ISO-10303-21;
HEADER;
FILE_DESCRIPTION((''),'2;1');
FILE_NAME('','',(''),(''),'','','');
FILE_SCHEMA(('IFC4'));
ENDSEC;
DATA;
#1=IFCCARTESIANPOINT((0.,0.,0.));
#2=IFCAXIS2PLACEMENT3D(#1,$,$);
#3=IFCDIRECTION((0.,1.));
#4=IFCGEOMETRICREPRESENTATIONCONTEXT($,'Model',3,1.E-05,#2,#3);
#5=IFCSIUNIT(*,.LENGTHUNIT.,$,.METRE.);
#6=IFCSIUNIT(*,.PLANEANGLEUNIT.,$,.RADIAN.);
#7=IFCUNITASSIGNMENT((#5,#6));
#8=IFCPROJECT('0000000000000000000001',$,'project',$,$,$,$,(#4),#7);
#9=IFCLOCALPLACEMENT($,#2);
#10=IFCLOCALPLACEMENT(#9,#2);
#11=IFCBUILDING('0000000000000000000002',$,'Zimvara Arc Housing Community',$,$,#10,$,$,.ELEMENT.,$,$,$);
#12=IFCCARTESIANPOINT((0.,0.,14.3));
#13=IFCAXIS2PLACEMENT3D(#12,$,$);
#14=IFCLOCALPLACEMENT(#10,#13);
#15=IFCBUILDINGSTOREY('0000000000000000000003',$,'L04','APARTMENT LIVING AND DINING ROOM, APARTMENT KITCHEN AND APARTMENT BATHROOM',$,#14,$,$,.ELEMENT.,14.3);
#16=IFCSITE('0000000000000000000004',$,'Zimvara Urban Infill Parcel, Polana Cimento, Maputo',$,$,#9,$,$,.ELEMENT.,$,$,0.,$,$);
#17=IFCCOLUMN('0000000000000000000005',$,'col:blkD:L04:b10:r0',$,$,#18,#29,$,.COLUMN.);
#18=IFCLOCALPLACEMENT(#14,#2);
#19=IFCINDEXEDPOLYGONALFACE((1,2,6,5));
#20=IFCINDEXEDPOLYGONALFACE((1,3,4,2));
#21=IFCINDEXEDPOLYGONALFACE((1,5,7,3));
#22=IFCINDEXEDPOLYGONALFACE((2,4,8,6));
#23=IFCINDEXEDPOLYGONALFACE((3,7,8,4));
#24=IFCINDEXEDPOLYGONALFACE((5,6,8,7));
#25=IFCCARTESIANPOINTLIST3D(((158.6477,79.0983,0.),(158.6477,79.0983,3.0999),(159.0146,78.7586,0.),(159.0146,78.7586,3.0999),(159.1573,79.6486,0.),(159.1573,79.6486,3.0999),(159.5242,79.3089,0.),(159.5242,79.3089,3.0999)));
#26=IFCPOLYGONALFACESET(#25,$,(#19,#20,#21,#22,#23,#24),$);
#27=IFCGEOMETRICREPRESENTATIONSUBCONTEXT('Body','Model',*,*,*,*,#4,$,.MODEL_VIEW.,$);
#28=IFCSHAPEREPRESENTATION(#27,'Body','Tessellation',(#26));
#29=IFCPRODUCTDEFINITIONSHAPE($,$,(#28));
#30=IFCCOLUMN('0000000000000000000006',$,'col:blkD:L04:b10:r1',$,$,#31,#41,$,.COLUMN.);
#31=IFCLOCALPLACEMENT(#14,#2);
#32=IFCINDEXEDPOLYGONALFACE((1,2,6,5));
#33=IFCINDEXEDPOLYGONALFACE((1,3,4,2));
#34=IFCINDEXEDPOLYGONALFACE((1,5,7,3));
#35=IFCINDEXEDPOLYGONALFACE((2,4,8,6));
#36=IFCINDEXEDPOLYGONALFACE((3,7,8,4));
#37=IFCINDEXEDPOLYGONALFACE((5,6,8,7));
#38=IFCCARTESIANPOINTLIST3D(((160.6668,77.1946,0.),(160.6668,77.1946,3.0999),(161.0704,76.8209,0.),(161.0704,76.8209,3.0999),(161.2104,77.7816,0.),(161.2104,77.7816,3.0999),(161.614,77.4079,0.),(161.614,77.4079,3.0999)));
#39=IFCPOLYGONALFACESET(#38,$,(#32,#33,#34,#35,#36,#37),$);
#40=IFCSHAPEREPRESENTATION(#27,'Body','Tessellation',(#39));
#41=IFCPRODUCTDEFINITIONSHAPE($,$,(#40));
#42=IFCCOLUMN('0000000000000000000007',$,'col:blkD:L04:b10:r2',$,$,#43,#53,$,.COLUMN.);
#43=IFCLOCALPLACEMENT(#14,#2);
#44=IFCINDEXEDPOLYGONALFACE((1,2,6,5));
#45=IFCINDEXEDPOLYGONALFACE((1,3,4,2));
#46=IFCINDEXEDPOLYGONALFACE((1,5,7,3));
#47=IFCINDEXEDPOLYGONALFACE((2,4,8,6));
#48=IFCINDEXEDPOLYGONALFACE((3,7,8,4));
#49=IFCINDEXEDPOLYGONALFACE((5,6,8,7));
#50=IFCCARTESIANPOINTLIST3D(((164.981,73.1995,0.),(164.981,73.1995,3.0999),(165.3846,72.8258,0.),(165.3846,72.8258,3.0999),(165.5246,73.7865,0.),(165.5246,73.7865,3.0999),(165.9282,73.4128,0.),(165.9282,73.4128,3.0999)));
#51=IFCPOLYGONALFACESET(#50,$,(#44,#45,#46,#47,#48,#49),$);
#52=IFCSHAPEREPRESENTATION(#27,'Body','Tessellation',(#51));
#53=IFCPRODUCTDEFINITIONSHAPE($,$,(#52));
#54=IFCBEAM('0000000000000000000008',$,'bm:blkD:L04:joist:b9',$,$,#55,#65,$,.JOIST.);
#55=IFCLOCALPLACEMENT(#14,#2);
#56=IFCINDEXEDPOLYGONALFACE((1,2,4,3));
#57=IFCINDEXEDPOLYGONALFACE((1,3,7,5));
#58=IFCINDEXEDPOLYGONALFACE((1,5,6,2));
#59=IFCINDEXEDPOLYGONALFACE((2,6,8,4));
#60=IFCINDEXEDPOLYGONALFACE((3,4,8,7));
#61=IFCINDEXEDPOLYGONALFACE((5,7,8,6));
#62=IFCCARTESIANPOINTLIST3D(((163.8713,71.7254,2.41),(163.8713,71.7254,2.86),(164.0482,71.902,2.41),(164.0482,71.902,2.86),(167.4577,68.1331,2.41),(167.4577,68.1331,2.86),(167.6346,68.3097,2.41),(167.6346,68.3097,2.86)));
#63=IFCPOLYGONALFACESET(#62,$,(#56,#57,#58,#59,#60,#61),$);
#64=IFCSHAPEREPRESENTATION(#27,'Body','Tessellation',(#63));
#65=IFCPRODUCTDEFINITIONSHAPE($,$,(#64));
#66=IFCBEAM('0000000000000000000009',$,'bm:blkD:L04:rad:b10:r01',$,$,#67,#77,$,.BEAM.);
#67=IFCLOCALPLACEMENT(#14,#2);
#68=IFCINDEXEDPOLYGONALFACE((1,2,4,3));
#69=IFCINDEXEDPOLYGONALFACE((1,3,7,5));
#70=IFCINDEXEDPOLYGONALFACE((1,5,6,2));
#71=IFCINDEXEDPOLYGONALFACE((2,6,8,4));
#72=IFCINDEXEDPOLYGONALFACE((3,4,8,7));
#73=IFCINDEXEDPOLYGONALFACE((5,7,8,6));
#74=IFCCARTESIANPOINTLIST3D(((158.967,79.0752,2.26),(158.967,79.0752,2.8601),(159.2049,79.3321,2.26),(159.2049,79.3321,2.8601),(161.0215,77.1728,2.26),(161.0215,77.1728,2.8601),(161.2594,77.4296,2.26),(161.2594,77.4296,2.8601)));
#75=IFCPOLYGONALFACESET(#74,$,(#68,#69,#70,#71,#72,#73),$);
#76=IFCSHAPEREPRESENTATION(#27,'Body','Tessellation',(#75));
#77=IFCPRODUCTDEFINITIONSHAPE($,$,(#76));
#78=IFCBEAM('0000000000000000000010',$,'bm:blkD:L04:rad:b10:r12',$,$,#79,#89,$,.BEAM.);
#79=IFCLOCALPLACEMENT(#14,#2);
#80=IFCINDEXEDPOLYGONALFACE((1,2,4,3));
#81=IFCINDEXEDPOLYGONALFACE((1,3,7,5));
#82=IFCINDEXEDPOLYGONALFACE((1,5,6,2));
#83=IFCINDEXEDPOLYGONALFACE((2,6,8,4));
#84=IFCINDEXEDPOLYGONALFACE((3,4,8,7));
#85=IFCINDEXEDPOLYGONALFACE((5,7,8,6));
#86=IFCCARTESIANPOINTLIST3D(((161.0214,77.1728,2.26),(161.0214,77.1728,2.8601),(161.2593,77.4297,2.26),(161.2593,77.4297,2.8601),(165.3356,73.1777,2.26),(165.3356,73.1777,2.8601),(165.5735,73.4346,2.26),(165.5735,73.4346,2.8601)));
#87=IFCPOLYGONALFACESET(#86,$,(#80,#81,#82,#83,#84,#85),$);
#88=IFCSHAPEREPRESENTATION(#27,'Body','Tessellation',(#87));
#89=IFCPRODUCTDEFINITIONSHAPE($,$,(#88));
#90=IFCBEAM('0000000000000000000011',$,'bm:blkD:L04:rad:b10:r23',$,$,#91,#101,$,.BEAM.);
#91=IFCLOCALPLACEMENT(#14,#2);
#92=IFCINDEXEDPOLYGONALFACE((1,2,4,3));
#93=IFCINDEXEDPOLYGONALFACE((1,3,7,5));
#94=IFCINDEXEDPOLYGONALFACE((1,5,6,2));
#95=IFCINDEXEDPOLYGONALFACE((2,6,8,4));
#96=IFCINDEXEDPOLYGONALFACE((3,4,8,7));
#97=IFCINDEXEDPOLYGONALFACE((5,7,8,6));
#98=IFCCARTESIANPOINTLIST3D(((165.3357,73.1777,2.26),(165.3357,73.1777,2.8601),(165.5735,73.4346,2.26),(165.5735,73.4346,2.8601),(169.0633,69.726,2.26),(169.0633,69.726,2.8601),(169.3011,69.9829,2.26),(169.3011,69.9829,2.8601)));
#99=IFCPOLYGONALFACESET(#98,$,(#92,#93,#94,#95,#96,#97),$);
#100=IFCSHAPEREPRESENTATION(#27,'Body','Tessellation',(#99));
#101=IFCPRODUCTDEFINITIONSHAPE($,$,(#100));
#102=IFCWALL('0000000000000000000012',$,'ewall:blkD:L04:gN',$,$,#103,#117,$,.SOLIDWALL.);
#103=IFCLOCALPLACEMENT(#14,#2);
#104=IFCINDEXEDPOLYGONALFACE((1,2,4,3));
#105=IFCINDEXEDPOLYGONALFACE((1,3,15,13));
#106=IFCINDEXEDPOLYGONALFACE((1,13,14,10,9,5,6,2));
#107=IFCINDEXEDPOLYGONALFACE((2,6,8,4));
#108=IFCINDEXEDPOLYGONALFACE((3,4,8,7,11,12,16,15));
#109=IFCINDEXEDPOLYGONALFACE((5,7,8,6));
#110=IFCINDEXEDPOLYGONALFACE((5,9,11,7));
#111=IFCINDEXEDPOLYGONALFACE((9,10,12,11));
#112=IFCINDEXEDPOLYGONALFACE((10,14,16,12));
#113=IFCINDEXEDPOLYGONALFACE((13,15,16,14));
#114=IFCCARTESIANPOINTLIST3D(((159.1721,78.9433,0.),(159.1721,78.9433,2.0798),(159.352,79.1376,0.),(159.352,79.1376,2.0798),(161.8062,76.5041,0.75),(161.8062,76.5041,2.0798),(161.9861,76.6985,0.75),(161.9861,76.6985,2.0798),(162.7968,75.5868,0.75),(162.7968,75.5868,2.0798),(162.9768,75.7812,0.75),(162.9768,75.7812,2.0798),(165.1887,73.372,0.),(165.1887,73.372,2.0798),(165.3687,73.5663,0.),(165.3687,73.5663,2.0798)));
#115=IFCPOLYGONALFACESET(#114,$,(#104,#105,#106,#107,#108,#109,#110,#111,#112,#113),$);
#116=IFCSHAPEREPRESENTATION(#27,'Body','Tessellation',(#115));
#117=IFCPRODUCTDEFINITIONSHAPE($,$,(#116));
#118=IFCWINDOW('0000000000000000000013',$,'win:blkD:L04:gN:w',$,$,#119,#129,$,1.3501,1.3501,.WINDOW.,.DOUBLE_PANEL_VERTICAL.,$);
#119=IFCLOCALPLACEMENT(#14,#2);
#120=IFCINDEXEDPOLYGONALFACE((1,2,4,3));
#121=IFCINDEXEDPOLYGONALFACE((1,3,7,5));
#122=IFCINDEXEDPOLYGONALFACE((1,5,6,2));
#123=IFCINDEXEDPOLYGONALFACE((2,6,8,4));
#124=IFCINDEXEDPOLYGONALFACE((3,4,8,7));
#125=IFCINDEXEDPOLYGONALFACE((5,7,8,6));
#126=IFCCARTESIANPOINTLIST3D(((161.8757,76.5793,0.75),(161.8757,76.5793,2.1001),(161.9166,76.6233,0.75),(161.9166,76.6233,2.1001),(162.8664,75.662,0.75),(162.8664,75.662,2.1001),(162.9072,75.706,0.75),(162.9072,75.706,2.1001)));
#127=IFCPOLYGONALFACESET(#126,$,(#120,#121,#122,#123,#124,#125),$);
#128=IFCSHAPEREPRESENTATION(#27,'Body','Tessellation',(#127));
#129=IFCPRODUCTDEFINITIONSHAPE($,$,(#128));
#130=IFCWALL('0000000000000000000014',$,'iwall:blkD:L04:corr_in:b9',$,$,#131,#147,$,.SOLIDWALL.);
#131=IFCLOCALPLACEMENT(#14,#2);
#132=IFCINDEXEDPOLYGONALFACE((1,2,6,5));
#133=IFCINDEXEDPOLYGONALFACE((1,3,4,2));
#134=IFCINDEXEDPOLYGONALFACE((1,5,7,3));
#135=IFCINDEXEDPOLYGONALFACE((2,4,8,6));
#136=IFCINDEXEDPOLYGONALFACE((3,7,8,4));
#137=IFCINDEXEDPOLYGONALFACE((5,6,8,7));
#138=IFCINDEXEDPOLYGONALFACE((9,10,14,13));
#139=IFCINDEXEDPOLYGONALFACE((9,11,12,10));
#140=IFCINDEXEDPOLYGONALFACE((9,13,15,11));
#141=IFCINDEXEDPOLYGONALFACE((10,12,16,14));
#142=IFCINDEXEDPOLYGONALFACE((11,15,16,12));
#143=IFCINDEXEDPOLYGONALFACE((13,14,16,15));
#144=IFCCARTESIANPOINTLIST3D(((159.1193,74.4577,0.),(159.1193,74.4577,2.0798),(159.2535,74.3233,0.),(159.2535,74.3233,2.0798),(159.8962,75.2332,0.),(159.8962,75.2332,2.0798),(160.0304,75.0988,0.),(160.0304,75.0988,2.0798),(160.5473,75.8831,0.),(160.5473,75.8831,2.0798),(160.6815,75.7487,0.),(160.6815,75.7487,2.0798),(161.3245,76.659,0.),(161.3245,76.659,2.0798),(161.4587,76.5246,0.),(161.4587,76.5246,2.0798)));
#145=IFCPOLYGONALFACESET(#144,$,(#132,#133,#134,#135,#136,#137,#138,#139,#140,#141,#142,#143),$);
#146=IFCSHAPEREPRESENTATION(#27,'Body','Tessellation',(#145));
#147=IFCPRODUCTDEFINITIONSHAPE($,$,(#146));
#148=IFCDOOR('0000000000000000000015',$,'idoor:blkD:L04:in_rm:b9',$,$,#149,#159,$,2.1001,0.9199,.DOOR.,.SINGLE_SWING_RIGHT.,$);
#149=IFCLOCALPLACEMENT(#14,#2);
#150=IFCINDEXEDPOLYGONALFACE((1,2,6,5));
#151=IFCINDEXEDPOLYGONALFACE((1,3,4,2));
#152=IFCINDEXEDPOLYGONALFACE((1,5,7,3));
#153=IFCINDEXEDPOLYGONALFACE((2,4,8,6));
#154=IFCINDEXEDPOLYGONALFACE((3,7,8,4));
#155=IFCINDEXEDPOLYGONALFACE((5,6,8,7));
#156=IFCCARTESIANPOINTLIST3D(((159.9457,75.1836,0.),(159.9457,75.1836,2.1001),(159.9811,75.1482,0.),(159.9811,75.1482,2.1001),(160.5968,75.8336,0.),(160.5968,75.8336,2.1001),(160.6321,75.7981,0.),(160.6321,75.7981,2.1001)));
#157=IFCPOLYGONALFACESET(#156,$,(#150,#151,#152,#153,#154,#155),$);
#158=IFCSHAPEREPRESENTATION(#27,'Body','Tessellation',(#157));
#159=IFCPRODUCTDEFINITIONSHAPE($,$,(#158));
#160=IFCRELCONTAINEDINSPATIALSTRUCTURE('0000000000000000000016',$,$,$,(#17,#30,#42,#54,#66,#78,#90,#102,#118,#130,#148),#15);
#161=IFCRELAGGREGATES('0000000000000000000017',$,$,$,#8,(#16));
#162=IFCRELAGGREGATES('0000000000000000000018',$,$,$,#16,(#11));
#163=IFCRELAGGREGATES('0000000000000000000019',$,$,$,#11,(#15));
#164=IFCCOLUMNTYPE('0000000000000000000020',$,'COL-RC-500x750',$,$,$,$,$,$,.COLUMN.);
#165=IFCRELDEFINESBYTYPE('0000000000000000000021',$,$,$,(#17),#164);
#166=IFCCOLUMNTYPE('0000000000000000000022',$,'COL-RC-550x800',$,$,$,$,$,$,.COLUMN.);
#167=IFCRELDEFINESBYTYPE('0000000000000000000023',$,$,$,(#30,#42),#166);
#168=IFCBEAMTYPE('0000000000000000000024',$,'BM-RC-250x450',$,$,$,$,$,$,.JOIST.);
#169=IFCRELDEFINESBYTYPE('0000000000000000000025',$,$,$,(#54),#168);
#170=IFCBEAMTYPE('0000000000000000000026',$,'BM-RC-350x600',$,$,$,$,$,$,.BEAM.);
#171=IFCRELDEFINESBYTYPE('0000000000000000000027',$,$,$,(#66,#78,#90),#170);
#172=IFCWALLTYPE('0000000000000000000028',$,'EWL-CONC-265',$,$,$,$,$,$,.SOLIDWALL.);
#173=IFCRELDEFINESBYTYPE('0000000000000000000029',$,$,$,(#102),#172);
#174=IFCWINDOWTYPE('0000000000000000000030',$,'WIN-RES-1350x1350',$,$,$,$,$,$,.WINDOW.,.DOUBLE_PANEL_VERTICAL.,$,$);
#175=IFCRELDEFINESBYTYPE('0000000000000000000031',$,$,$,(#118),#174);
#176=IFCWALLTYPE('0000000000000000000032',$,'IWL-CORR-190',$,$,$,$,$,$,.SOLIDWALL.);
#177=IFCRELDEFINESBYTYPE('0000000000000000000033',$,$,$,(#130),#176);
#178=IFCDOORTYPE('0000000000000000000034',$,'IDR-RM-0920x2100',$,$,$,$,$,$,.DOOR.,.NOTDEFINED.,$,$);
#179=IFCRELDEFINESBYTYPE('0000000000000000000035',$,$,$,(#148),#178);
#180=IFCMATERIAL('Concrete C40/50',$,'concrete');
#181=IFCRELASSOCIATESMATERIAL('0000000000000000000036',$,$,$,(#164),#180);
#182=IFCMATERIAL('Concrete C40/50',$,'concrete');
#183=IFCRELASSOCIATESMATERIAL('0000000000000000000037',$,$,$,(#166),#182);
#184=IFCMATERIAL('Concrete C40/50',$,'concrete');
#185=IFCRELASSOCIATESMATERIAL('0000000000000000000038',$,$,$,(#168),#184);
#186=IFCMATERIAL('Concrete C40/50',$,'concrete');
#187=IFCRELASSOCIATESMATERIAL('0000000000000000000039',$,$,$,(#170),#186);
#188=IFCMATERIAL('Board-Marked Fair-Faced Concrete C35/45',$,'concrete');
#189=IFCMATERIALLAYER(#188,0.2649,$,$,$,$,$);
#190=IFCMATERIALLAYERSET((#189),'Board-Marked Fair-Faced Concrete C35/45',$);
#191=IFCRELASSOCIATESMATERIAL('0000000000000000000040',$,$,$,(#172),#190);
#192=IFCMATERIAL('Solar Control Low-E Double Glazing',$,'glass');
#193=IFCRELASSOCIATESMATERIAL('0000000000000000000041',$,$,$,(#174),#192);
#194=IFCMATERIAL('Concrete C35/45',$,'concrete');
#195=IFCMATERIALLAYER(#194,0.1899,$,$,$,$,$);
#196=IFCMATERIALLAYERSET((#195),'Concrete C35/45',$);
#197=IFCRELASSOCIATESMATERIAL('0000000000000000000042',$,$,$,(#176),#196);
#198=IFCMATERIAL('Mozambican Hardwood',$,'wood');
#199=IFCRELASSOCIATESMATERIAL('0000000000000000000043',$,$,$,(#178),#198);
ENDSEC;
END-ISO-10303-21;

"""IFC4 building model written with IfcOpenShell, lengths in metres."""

from ifc_helpers import new_model, si_unit, direction, frame, frame_2d, origin, origin_2d, place, context, subcontext, project, spatial, rectangle, extrude, material, layer, layer_set, material_profile, profile_set, type_object, element, fill, save


model = new_model("IFC4")

# Units and contexts
model_context = context("Model", 3, precision=1e-05, world=origin(), true_north=direction((0.0, 1.0)))
body_context = subcontext(model_context, "Body", "Model", "MODEL_VIEW")
ifc_project = project(units=[si_unit("LENGTHUNIT", "METRE"), si_unit("PLANEANGLEUNIT", "RADIAN")], contexts=[model_context])

# Site, building, storey
site_placement = place(None, origin())
site = spatial("IfcSite", under=ifc_project, at=site_placement, Name="Zimvara Urban Infill Parcel, Polana Cimento, Maputo", CompositionType="ELEMENT", RefElevation=0.0)
building_placement = place(site_placement, origin())
building = spatial("IfcBuilding", under=site, at=building_placement, Name="Zimvara Arc Housing Community", CompositionType="ELEMENT")
storey_placement = place(building_placement, frame((0.0, 0.0, 14.3)))
storey = spatial("IfcBuildingStorey", under=building, at=storey_placement, Name="L04", Description="APARTMENT LIVING AND DINING ROOM, APARTMENT KITCHEN AND APARTMENT BATHROOM", CompositionType="ELEMENT", Elevation=14.3)

# Columns
ifc_material_1 = material(Name="Concrete C40/50", Category="concrete")
ifc_material_profile_1 = material_profile(ifc_material_1, rectangle(XDim=0.5, YDim=0.75, at=origin_2d()), Name="RC 500x750")
ifc_profile_set_1 = profile_set([ifc_material_profile_1], Name="Concrete C40/50")
column_type_1 = type_object("IfcColumnType", Name="COL-RC-500x750", PredefinedType="COLUMN", material=ifc_profile_set_1)
column_placement = place(storey_placement, frame((159.0859, 79.2036, 0.0), z_axis=(0.0, 0.0, 1.0), x_axis=(0.73373, -0.679441, 0.0)))
element("IfcColumn", 1, at=column_placement, inside=storey, type_object=column_type_1, Name="col:blkD:L04:b10:r0", PredefinedType="COLUMN", context=body_context, shape_type="SweptSolid", body=[
    extrude(rectangle(XDim=0.5, YDim=0.75, at=origin_2d()), origin(), (0.0, 0.0, 1.0), 3.0999),
])
ifc_material_2 = material(Name="Concrete C40/50", Category="concrete")
ifc_material_profile_2 = material_profile(ifc_material_2, rectangle(XDim=0.55, YDim=0.8, at=origin_2d()), Name="RC 550x800")
ifc_profile_set_2 = profile_set([ifc_material_profile_2], Name="Concrete C40/50")
column_type_2 = type_object("IfcColumnType", Name="COL-RC-550x800", PredefinedType="COLUMN", material=ifc_profile_set_2)
for number, where, z_axis, x_axis, name in (
    (2, (161.1404, 77.3013, 0.0), (0.0, 0.0, 1.0), (0.73373, -0.679441, 0.0), "col:blkD:L04:b10:r1"),
    (3, (165.4546, 73.3062, 0.0), (0.0, 0.0, 1.0), (0.73373, -0.679441, 0.0), "col:blkD:L04:b10:r2"),
):
    element("IfcColumn", number, at=place(storey_placement, frame(where, z_axis=z_axis, x_axis=x_axis)), inside=storey, type_object=column_type_2, Name=name, PredefinedType="COLUMN", context=body_context, shape_type="SweptSolid", body=[
        extrude(rectangle(XDim=0.55, YDim=0.8, at=origin_2d()), origin(), (0.0, 0.0, 1.0), 3.0999),
    ])

# Beams
ifc_material_3 = material(Name="Concrete C40/50", Category="concrete")
ifc_material_profile_3 = material_profile(ifc_material_3, rectangle(XDim=0.25, YDim=0.45, at=origin_2d()), Name="RC 250x450")
ifc_profile_set_3 = profile_set([ifc_material_profile_3], Name="Concrete C40/50")
beam_type_1 = type_object("IfcBeamType", Name="BM-RC-250x450", PredefinedType="JOIST", material=ifc_profile_set_3)
beam_1_placement = place(storey_placement, frame((163.9597, 71.8137, 2.635), z_axis=(0.706529, -0.707684, 0.0), x_axis=(0.707684, 0.706529, 0.0)))
element("IfcBeam", 4, at=beam_1_placement, inside=storey, type_object=beam_type_1, Name="bm:blkD:L04:joist:b9", PredefinedType="JOIST", context=body_context, shape_type="SweptSolid", body=[
    extrude(rectangle(XDim=0.25, YDim=0.45, at=origin_2d()), origin(), (0.0, 0.0, 1.0), 5.0762),
])
ifc_material_4 = material(Name="Concrete C40/50", Category="concrete")
ifc_material_profile_4 = material_profile(ifc_material_4, rectangle(XDim=0.3501, YDim=0.6001, at=origin_2d()), Name="RC 350x600")
ifc_profile_set_4 = profile_set([ifc_material_profile_4], Name="Concrete C40/50")
beam_type_2 = type_object("IfcBeamType", Name="BM-RC-350x600", PredefinedType="BEAM", material=ifc_profile_set_4)
beam_2_placement = place(storey_placement, frame((159.0859, 79.2036, 2.5601), z_axis=(0.733746, -0.679424, 0.0), x_axis=(0.679424, 0.733746, 0.0)))
element("IfcBeam", 5, at=beam_2_placement, inside=storey, type_object=beam_type_2, Name="bm:blkD:L04:rad:b10:r01", PredefinedType="BEAM", context=body_context, shape_type="SweptSolid", body=[
    extrude(rectangle(XDim=0.3501, YDim=0.6001, at=origin_2d()), origin(), (0.0, 0.0, 1.0), 2.8),
])
beam_3_placement = place(storey_placement, frame((161.1404, 77.3013, 2.5601), z_axis=(0.73372, -0.679452, 0.0), x_axis=(0.679452, 0.73372, 0.0)))
element("IfcBeam", 6, at=beam_3_placement, inside=storey, type_object=beam_type_2, Name="bm:blkD:L04:rad:b10:r12", PredefinedType="BEAM", context=body_context, shape_type="SweptSolid", body=[
    extrude(rectangle(XDim=0.3501, YDim=0.6001, at=origin_2d()), origin(), (0.0, 0.0, 1.0), 5.8799),
])
beam_4_placement = place(storey_placement, frame((165.4546, 73.3062, 2.5601), z_axis=(0.733738, -0.679433, 0.0), x_axis=(0.679433, 0.733738, 0.0)))
element("IfcBeam", 7, at=beam_4_placement, inside=storey, type_object=beam_type_2, Name="bm:blkD:L04:rad:b10:r23", PredefinedType="BEAM", context=body_context, shape_type="SweptSolid", body=[
    extrude(rectangle(XDim=0.3501, YDim=0.6001, at=origin_2d()), origin(), (0.0, 0.0, 1.0), 5.0803),
])

# Wall, opening, window
ifc_material_5 = material(Name="Board-Marked Fair-Faced Concrete C35/45", Category="concrete")
ifc_layer_1 = layer(ifc_material_5, 0.2649)
ifc_layer_set_1 = layer_set([ifc_layer_1], Name="Board-Marked Fair-Faced Concrete C35/45")
wall_type_1 = type_object("IfcWallType", Name="EWL-CONC-265", PredefinedType="SOLIDWALL", material=ifc_layer_set_1)
wall_1_placement = place(storey_placement, frame((159.262, 79.0405, 0.0), z_axis=(0.0, 0.0, 1.0), x_axis=(0.733739, -0.679432, 0.0)))
wall_1 = element("IfcWall", 8, at=wall_1_placement, inside=storey, type_object=wall_type_1, Name="ewall:blkD:L04:gN", PredefinedType="SOLIDWALL", context=body_context, shape_type="SweptSolid", body=[
    extrude(rectangle(XDim=8.2, YDim=0.2649, at=frame_2d((4.1001, 0.0))), origin(), (0.0, 0.0, 1.0), 2.0798),
])
opening_1_placement = place(wall_1_placement, frame((3.5901, 0.0, 0.75)))
opening_1 = element("IfcOpeningElement", 9, at=opening_1_placement, cuts=wall_1, PredefinedType="OPENING", context=body_context, shape_type="SweptSolid", body=[
    extrude(rectangle(XDim=1.3501, YDim=1.3501, at=frame_2d((0.675, 0.675))), frame((0.0, 0.1423, 0.0), z_axis=(0.0, -1.0, 0.0), x_axis=(1.0, 0.0, 0.0)), (0.0, 0.0, 1.0), 0.2849),
])
ifc_material_6 = material(Name="Solar Control Low-E Double Glazing", Category="glass")
window_type = type_object("IfcWindowType", Name="WIN-RES-1350x1350", PartitioningType="DOUBLE_PANEL_VERTICAL", PredefinedType="WINDOW", material=ifc_material_6)
window_placement = place(opening_1_placement, origin())
window = element("IfcWindow", 10, at=window_placement, inside=storey, type_object=window_type, Name="win:blkD:L04:gN:w", OverallHeight=1.3501, OverallWidth=1.3501, PartitioningType="DOUBLE_PANEL_VERTICAL", PredefinedType="WINDOW", context=body_context, shape_type="SweptSolid", body=[
    extrude(rectangle(XDim=1.3501, YDim=1.3501, at=frame_2d((0.675, 0.675))), frame((0.0, 0.03, 0.0), z_axis=(0.0, -1.0, 0.0), x_axis=(1.0, 0.0, 0.0)), (0.0, 0.0, 1.0), 0.0601),
])
fill(opening_1, window)

# Wall, opening, door
ifc_material_7 = material(Name="Concrete C35/45", Category="concrete")
ifc_layer_2 = layer(ifc_material_7, 0.1899)
ifc_layer_set_2 = layer_set([ifc_layer_2], Name="Concrete C35/45")
wall_type_2 = type_object("IfcWallType", Name="IWL-CORR-190", PredefinedType="SOLIDWALL", material=ifc_layer_set_2)
wall_2_placement = place(storey_placement, frame((159.1863, 74.3904, 0.0), z_axis=(0.0, 0.0, 1.0), x_axis=(0.707733, 0.70648, 0.0)))
wall_2 = element("IfcWall", 11, at=wall_2_placement, inside=storey, type_object=wall_type_2, Name="iwall:blkD:L04:corr_in:b9", PredefinedType="SOLIDWALL", context=body_context, shape_type="SweptSolid", body=[
    extrude(rectangle(XDim=3.116, YDim=0.1899, at=frame_2d((1.5581, 0.0))), origin(), (0.0, 0.0, 1.0), 2.0798),
])
opening_2_placement = place(wall_2_placement, frame((1.0979, 0.0, 0.0)))
opening_2 = element("IfcOpeningElement", 12, at=opening_2_placement, cuts=wall_2, PredefinedType="OPENING", context=body_context, shape_type="SweptSolid", body=[
    extrude(rectangle(XDim=0.9199, YDim=2.1001, at=frame_2d((0.46, 1.05))), frame((0.0, 0.105, 0.0), z_axis=(0.0, -1.0, 0.0), x_axis=(1.0, 0.0, 0.0)), (0.0, 0.0, 1.0), 0.21),
])
ifc_material_8 = material(Name="Mozambican Hardwood", Category="wood")
door_type_1 = type_object("IfcDoorType", Name="IDR-RM-0920x2100", OperationType="NOTDEFINED", PredefinedType="DOOR", material=ifc_material_8)
door_1_placement = place(opening_2_placement, origin())
door_1 = element("IfcDoor", 13, at=door_1_placement, inside=storey, type_object=door_type_1, Name="idoor:blkD:L04:in_rm:b9", OperationType="SINGLE_SWING_RIGHT", OverallHeight=2.1001, OverallWidth=0.9199, PredefinedType="DOOR", context=body_context, shape_type="SweptSolid", body=[
    extrude(rectangle(XDim=0.9199, YDim=2.1001, at=frame_2d((0.46, 1.05))), frame((0.0, 0.0249, 0.0), z_axis=(0.0, -1.0, 0.0), x_axis=(1.0, 0.0, 0.0)), (0.0, 0.0, 1.0), 0.05),
])
fill(opening_2, door_1)

save(model, "model.ifc")
